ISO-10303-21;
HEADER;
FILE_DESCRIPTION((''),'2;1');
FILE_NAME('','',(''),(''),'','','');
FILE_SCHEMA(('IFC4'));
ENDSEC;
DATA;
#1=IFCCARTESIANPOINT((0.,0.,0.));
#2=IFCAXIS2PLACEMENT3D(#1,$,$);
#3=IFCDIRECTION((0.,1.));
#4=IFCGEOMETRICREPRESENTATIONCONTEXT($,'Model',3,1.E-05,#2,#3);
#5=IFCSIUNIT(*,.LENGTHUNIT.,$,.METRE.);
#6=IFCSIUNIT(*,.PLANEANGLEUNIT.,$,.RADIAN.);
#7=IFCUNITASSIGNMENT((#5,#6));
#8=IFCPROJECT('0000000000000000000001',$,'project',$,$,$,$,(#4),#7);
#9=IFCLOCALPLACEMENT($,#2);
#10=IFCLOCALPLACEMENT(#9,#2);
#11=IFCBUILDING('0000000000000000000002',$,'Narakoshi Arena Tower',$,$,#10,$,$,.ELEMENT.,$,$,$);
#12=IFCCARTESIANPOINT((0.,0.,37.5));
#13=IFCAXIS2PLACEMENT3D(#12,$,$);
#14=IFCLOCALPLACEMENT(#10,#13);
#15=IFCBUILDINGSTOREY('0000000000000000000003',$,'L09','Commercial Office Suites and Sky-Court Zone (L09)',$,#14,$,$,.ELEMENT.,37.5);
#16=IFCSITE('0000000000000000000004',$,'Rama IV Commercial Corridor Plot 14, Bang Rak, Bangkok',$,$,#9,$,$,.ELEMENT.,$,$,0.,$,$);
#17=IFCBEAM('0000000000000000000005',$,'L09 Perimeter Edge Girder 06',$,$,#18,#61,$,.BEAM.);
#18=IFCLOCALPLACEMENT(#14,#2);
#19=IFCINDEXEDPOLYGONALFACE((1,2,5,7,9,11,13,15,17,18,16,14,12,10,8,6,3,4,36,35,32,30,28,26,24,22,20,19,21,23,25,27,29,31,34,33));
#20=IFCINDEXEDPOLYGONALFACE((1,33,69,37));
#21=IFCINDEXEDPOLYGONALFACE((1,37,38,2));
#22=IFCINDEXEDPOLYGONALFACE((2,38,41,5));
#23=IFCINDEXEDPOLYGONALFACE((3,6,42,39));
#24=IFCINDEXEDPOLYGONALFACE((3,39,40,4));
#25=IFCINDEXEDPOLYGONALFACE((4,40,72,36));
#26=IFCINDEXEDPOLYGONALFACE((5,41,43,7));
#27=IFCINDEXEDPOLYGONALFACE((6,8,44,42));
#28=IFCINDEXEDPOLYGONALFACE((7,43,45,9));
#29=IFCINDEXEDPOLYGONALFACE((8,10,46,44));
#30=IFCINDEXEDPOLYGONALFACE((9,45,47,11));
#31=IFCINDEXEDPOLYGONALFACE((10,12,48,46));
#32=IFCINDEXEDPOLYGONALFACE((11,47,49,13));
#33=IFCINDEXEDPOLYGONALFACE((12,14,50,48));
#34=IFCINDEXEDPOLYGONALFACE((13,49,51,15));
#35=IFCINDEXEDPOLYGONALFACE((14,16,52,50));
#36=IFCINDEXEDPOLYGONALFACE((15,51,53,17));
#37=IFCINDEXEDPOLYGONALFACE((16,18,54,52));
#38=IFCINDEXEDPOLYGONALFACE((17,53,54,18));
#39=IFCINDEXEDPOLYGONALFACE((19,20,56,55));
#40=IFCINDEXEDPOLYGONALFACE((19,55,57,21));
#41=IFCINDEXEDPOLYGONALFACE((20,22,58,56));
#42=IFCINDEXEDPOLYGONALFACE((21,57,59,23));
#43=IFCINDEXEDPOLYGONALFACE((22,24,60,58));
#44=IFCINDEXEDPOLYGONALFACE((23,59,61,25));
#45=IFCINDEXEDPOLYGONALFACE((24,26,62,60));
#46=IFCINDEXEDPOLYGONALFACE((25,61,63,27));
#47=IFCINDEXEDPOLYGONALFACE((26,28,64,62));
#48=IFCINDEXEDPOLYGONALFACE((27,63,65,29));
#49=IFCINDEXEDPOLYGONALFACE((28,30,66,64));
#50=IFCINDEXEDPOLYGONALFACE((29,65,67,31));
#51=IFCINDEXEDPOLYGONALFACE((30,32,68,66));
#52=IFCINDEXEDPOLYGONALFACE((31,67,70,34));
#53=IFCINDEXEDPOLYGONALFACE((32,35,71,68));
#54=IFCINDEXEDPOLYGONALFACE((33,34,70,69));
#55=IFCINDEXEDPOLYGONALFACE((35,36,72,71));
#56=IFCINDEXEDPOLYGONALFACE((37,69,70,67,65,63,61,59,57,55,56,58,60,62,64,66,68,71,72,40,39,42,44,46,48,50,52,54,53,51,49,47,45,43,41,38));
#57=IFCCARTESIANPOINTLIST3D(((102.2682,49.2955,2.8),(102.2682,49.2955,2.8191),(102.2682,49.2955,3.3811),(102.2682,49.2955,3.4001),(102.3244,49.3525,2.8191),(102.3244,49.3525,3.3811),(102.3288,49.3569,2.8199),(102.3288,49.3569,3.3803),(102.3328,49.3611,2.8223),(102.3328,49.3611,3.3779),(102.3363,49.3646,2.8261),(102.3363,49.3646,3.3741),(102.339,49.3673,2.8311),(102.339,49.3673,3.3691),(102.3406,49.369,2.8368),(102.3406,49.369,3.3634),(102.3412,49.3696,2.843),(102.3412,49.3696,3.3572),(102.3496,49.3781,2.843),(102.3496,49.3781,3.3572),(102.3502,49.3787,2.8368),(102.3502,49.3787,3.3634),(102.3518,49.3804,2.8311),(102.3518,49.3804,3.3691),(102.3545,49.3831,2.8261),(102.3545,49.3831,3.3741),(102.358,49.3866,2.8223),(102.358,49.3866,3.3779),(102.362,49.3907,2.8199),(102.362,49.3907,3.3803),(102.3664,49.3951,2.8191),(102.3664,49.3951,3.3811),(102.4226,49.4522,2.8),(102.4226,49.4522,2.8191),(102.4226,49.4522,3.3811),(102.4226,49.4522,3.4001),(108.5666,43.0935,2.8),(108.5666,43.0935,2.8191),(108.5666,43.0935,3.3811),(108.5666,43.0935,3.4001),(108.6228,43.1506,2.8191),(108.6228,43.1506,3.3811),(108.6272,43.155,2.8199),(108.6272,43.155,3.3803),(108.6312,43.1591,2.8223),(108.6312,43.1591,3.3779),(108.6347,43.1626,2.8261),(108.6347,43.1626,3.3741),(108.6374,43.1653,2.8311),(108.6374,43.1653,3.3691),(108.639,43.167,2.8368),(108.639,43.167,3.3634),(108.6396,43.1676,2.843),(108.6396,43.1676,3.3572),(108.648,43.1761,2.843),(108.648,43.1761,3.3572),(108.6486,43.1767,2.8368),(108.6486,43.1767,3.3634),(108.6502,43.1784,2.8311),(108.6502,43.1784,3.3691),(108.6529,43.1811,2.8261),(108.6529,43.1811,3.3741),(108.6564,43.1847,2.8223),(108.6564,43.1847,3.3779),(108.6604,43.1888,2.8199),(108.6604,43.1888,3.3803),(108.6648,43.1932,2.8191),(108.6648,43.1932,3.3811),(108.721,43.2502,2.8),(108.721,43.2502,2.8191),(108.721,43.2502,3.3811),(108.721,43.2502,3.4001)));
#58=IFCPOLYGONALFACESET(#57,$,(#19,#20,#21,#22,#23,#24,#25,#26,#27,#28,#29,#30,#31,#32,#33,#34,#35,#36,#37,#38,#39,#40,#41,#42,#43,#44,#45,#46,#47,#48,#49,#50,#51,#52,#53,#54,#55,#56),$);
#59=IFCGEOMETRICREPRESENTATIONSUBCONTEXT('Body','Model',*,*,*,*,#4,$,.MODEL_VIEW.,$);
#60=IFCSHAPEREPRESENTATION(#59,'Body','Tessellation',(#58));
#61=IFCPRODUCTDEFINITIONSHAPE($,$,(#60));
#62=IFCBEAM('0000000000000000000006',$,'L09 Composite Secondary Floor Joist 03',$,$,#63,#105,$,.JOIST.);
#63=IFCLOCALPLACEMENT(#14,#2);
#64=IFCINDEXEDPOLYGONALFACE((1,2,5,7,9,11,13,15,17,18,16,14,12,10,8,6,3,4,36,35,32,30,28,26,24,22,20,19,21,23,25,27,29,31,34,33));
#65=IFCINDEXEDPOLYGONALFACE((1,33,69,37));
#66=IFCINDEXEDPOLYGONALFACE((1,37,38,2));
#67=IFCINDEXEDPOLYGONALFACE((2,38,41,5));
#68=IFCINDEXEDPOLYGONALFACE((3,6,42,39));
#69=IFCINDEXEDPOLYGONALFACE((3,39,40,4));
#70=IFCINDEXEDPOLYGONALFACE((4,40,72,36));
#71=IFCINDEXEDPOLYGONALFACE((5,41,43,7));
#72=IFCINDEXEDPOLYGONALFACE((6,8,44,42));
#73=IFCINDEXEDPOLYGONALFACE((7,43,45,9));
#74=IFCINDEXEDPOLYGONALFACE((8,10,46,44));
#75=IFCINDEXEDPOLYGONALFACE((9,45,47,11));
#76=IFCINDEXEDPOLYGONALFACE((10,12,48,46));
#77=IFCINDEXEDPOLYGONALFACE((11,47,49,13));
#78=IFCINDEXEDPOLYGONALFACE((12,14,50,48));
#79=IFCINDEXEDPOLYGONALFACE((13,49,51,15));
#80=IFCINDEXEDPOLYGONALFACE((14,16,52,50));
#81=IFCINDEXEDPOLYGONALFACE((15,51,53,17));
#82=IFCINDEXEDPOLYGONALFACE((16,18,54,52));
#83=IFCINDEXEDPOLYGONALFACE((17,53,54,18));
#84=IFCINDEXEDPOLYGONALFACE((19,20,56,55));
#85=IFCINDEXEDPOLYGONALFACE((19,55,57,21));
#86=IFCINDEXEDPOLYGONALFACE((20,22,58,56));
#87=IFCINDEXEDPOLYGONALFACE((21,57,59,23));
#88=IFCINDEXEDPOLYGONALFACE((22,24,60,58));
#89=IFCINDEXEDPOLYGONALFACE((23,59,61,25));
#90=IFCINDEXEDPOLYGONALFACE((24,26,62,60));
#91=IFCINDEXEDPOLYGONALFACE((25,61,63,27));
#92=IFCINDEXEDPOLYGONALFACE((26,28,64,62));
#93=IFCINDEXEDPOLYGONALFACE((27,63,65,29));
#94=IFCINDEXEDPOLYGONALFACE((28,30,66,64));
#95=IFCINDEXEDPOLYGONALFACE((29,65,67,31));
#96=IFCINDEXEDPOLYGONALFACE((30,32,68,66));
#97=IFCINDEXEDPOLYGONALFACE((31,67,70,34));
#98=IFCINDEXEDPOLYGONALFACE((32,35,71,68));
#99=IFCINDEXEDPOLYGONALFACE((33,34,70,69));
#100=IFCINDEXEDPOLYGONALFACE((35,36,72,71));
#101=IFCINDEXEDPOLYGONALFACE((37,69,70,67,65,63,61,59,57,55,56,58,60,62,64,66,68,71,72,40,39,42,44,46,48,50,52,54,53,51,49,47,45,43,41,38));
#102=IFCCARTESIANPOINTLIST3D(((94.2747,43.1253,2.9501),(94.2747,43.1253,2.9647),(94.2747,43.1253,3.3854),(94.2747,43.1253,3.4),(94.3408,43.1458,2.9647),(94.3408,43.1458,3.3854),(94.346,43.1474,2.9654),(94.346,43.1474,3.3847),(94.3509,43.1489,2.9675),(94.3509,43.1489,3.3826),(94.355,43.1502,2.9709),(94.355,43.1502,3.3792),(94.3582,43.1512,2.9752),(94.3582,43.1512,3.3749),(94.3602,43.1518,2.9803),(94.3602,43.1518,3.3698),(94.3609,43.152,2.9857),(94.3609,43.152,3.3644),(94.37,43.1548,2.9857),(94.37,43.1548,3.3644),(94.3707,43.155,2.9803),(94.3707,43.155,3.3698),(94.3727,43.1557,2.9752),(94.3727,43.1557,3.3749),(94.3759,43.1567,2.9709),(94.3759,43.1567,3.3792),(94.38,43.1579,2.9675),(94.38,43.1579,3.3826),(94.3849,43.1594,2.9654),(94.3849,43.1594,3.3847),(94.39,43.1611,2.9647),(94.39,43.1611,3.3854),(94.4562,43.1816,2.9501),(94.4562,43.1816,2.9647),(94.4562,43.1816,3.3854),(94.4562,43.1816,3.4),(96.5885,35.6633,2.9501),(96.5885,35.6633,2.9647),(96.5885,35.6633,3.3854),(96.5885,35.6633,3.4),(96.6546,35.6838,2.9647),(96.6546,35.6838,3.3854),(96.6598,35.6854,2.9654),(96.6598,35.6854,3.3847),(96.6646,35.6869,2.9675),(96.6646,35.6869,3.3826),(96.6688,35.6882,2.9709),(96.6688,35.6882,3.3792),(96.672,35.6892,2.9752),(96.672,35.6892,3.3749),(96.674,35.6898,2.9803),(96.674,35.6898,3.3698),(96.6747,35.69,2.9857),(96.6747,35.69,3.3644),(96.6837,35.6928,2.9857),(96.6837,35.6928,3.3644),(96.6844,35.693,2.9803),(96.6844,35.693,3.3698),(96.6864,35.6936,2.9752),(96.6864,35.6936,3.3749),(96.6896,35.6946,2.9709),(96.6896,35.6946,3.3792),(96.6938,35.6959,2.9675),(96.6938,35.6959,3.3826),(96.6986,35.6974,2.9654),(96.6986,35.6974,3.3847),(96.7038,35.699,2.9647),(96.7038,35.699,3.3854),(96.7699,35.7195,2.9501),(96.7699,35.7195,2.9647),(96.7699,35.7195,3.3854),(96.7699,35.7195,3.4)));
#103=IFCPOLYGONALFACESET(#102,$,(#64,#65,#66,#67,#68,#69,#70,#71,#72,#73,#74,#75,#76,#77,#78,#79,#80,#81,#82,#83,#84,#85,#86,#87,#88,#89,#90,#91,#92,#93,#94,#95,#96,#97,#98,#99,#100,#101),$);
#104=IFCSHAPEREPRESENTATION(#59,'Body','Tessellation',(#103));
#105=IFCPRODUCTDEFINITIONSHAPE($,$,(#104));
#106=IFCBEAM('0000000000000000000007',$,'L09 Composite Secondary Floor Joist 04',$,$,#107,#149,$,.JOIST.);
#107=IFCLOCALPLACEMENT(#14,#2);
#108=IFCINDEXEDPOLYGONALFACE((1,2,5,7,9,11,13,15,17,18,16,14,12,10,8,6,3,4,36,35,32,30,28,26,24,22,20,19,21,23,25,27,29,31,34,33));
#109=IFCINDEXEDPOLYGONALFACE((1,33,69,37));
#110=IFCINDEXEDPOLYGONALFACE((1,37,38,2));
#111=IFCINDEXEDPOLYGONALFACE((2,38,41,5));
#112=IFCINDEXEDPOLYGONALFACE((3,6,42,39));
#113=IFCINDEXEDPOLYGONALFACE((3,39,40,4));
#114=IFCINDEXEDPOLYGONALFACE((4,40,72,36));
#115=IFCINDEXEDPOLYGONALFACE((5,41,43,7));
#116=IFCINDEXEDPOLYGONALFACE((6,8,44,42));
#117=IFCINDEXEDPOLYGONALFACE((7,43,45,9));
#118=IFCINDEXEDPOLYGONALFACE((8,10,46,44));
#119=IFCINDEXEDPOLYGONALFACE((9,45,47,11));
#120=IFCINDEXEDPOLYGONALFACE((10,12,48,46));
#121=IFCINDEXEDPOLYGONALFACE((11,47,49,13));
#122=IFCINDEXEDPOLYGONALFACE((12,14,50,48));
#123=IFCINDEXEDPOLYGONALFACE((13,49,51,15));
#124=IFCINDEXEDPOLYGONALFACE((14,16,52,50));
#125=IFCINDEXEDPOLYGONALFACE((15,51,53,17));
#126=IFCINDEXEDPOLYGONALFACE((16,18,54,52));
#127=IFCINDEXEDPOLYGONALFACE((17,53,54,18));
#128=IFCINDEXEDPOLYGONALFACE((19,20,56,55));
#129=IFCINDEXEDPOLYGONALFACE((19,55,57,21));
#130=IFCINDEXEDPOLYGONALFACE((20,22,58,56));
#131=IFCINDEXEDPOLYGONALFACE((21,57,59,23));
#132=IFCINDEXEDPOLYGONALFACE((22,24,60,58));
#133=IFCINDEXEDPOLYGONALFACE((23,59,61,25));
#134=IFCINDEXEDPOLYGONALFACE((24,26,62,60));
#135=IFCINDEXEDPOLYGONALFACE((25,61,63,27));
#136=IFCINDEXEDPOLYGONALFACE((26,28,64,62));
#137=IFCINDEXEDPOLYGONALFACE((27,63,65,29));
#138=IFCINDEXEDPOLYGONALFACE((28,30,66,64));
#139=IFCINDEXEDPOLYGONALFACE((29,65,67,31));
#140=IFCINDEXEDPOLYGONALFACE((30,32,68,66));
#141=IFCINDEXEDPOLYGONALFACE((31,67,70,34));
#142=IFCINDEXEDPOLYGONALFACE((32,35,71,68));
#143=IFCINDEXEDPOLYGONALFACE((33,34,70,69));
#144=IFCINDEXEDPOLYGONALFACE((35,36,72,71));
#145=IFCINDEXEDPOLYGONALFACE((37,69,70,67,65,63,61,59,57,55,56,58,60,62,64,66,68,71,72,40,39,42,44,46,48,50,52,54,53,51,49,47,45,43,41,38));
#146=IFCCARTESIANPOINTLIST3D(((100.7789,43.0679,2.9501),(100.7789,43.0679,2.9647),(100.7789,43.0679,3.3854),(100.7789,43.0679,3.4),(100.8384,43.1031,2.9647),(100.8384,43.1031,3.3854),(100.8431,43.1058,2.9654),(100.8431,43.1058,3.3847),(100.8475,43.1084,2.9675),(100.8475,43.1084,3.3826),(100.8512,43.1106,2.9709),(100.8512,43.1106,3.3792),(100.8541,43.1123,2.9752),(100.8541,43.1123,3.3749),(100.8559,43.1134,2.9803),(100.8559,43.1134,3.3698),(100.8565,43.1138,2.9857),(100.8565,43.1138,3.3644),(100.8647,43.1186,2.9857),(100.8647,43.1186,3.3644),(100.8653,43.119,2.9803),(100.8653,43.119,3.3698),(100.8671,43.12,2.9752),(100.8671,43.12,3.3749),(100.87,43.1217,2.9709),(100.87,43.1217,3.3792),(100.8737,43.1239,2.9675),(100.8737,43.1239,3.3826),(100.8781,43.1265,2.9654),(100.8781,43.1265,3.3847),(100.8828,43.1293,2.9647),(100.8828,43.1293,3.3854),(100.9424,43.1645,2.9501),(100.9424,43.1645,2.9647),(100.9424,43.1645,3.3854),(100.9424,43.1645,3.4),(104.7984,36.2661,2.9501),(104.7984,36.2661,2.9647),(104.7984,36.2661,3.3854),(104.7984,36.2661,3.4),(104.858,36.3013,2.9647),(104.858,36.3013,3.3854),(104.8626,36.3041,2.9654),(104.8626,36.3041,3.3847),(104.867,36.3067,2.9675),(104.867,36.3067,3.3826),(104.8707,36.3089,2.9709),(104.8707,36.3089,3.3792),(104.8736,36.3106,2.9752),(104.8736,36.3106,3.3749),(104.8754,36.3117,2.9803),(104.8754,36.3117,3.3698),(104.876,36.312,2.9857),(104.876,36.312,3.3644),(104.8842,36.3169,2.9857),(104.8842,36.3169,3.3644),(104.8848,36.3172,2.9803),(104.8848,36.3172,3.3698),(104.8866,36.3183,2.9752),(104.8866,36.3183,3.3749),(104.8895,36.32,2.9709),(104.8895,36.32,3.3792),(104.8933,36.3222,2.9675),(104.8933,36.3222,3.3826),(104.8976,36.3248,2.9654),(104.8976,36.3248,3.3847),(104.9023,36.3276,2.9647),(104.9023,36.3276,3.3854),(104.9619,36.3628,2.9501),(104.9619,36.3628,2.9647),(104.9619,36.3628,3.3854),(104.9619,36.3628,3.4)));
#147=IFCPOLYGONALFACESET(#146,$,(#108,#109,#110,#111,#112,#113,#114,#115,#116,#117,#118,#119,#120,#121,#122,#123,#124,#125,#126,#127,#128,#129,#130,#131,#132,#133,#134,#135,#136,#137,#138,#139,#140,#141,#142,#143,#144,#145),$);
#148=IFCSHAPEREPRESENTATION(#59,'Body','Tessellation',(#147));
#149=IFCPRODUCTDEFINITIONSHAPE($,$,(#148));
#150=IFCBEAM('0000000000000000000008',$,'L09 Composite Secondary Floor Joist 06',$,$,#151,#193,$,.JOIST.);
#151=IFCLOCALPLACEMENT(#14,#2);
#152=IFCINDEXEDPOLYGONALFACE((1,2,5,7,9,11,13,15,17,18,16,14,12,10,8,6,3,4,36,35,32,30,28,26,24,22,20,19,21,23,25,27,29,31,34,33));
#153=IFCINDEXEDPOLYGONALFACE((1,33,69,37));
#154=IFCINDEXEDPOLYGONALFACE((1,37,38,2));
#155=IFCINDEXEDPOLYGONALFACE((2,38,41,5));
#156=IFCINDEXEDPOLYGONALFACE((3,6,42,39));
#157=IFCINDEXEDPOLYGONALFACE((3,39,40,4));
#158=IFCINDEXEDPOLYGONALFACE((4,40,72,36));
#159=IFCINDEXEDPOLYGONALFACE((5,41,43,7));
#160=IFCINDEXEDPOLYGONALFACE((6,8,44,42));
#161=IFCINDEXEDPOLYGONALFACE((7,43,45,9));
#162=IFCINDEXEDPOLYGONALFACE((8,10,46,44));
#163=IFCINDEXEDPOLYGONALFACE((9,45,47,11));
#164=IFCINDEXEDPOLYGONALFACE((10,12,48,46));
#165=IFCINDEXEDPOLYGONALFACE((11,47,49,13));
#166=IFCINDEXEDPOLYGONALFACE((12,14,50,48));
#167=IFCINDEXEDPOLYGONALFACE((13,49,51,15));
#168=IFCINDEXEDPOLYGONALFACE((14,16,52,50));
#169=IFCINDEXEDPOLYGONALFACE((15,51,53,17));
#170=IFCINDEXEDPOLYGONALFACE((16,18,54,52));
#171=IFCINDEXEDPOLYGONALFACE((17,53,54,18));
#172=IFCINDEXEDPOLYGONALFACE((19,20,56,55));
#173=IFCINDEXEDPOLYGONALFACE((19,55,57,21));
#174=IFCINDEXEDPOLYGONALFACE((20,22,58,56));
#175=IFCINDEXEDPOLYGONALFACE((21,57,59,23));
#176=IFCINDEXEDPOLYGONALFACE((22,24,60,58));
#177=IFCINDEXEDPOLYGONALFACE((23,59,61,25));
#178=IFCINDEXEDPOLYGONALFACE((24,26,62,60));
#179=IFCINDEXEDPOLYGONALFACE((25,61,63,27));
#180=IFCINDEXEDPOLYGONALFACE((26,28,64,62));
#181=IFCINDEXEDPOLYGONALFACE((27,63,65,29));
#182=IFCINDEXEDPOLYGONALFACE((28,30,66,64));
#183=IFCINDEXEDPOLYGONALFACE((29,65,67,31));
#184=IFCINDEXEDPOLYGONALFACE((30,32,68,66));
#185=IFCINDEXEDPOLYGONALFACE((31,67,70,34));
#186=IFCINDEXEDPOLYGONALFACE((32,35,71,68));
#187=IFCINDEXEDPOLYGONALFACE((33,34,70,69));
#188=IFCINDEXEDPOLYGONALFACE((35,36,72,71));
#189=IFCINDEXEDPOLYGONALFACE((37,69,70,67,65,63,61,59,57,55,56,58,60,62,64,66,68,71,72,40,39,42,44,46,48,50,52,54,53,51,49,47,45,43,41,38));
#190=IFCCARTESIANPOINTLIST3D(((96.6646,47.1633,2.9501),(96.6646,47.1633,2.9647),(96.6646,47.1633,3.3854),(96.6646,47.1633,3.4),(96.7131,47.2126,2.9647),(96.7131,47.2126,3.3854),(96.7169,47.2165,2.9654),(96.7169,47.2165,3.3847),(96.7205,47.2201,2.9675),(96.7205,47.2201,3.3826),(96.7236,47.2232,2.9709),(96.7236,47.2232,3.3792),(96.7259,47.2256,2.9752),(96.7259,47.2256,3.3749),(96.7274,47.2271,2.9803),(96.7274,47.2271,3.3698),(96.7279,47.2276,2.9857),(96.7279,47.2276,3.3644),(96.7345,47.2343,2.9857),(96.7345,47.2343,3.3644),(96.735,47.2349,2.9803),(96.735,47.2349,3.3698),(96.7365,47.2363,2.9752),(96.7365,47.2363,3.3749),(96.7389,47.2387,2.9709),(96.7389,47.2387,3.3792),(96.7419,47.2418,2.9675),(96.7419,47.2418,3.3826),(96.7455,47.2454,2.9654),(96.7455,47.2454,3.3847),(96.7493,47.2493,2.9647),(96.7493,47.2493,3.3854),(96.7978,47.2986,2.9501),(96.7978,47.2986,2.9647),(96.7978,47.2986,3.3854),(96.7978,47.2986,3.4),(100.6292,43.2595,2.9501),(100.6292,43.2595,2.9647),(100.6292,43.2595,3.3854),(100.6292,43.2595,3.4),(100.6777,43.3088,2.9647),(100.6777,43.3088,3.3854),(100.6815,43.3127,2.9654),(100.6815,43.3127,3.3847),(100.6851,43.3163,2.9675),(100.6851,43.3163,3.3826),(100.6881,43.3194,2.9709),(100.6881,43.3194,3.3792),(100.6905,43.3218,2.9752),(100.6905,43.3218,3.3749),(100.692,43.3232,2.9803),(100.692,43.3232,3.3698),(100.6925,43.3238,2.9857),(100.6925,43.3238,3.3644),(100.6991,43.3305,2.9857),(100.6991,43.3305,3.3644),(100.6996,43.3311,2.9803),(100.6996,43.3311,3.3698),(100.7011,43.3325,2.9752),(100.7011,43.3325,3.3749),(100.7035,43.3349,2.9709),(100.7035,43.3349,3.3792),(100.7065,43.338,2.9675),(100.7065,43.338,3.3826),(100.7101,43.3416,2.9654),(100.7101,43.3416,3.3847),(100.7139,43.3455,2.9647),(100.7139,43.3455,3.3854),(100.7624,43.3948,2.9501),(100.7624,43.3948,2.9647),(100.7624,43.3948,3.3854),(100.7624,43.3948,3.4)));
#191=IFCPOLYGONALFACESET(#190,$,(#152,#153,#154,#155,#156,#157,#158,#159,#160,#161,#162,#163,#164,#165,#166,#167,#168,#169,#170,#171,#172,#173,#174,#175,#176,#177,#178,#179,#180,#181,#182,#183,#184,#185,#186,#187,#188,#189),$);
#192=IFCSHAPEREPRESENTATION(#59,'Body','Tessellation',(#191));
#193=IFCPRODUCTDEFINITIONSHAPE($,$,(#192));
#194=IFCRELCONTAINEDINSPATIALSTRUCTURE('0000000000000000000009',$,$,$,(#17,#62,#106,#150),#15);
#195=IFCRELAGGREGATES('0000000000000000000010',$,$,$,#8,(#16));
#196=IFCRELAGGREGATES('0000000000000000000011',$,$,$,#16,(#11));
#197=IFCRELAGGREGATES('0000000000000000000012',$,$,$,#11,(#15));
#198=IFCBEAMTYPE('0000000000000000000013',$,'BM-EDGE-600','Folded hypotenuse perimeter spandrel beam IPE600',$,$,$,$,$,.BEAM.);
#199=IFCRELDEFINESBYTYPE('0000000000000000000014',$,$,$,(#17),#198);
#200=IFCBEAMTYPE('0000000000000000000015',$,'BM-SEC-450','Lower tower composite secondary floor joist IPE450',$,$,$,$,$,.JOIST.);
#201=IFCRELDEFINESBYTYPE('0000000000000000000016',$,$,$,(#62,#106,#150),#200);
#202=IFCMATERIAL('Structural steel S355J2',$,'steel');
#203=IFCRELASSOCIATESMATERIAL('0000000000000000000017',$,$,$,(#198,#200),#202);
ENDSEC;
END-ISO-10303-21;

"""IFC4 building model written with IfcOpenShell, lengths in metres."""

from ifc_helpers import new_model, si_unit, direction, frame, origin, origin_2d, place, context, subcontext, project, spatial, i_section, extrude, material, material_profile, profile_set, type_object, element, save


model = new_model("IFC4")

# Units and contexts
model_context = context("Model", 3, precision=1e-05, world=origin(), true_north=direction((0.0, 1.0)))
body_context = subcontext(model_context, "Body", "Model", "MODEL_VIEW")
ifc_project = project(units=[si_unit("LENGTHUNIT", "METRE"), si_unit("PLANEANGLEUNIT", "RADIAN")], contexts=[model_context])

# Site, building, storey
site_placement = place(None, origin())
site = spatial("IfcSite", under=ifc_project, at=site_placement, Name="Rama IV Commercial Corridor Plot 14, Bang Rak, Bangkok", CompositionType="ELEMENT", RefElevation=0.0)
building_placement = place(site_placement, origin())
building = spatial("IfcBuilding", under=site, at=building_placement, Name="Narakoshi Arena Tower", CompositionType="ELEMENT")
storey_placement = place(building_placement, frame((0.0, 0.0, 37.5)))
storey = spatial("IfcBuildingStorey", under=building, at=storey_placement, Name="L09", Description="Commercial Office Suites and Sky-Court Zone (L09)", CompositionType="ELEMENT", Elevation=37.5)

# Beams
ifc_material_1 = material(Name="Structural steel S355J2", Category="steel")
ifc_material_profile_1 = material_profile(ifc_material_1, i_section(OverallWidth=0.22, OverallDepth=0.6001, WebThickness=0.012, FlangeThickness=0.019, FilletRadius=0.0239, at=origin_2d()), Name="IPE600")
ifc_profile_set_1 = profile_set([ifc_material_profile_1], Name="Structural steel S355J2")
beam_type_1 = type_object("IfcBeamType", Name="BM-EDGE-600", Description="Folded hypotenuse perimeter spandrel beam IPE600", PredefinedType="BEAM", material=ifc_profile_set_1)
for number, where, z_axis, x_axis, name in (
    (1, (108.6438, 43.1719, 3.1001), (-0.712541, 0.701631, 0.0), (-0.701631, -0.712541, 0.0), "L09 Perimeter Edge Girder 06"),
):
    element("IfcBeam", number, at=place(storey_placement, frame(where, z_axis=z_axis, x_axis=x_axis)), inside=storey, type_object=beam_type_1, Name=name, PredefinedType="BEAM", context=body_context, shape_type="SweptSolid", body=[
        extrude(i_section(OverallWidth=0.22, OverallDepth=0.6001, WebThickness=0.012, FlangeThickness=0.019, FilletRadius=0.0239, at=origin_2d()), origin(), (0.0, 0.0, 1.0), 8.8394),
    ])
ifc_material_profile_2 = material_profile(ifc_material_1, i_section(OverallWidth=0.1899, OverallDepth=0.45, WebThickness=0.0095, FlangeThickness=0.0146, FilletRadius=0.021, at=origin_2d()), Name="IPE450")
ifc_profile_set_2 = profile_set([ifc_material_profile_2], Name="Structural steel S355J2")
beam_type_2 = type_object("IfcBeamType", Name="BM-SEC-450", Description="Lower tower composite secondary floor joist IPE450", PredefinedType="JOIST", material=ifc_profile_set_2)
beam_1_placement = place(storey_placement, frame((96.6792, 35.6914, 3.175), z_axis=(-0.29616, 0.955138, 0.0), x_axis=(-0.955138, -0.29616, 0.0)))
element("IfcBeam", 2, at=beam_1_placement, inside=storey, type_object=beam_type_2, Name="L09 Composite Secondary Floor Joist 03", PredefinedType="JOIST", context=body_context, shape_type="SweptSolid", body=[
    extrude(i_section(OverallWidth=0.1899, OverallDepth=0.45, WebThickness=0.0095, FlangeThickness=0.0146, FilletRadius=0.021, at=origin_2d()), origin(), (0.0, 0.0, 1.0), 7.8125),
])
beam_2_placement = place(storey_placement, frame((104.8801, 36.3145, 3.175), z_axis=(-0.508758, 0.860909, 0.0), x_axis=(-0.860909, -0.508758, 0.0)))
element("IfcBeam", 3, at=beam_2_placement, inside=storey, type_object=beam_type_2, Name="L09 Composite Secondary Floor Joist 04", PredefinedType="JOIST", context=body_context, shape_type="SweptSolid", body=[
    extrude(i_section(OverallWidth=0.1899, OverallDepth=0.45, WebThickness=0.0095, FlangeThickness=0.0146, FilletRadius=0.021, at=origin_2d()), origin(), (0.0, 0.0, 1.0), 7.9006),
])
beam_3_placement = place(storey_placement, frame((100.6958, 43.3271, 3.175), z_axis=(-0.712549, 0.701623, 0.0), x_axis=(-0.701623, -0.712549, 0.0)))
element("IfcBeam", 4, at=beam_3_placement, inside=storey, type_object=beam_type_2, Name="L09 Composite Secondary Floor Joist 06", PredefinedType="JOIST", context=body_context, shape_type="SweptSolid", body=[
    extrude(i_section(OverallWidth=0.1899, OverallDepth=0.45, WebThickness=0.0095, FlangeThickness=0.0146, FilletRadius=0.021, at=origin_2d()), origin(), (0.0, 0.0, 1.0), 5.564),
])

save(model, "model.ifc")
